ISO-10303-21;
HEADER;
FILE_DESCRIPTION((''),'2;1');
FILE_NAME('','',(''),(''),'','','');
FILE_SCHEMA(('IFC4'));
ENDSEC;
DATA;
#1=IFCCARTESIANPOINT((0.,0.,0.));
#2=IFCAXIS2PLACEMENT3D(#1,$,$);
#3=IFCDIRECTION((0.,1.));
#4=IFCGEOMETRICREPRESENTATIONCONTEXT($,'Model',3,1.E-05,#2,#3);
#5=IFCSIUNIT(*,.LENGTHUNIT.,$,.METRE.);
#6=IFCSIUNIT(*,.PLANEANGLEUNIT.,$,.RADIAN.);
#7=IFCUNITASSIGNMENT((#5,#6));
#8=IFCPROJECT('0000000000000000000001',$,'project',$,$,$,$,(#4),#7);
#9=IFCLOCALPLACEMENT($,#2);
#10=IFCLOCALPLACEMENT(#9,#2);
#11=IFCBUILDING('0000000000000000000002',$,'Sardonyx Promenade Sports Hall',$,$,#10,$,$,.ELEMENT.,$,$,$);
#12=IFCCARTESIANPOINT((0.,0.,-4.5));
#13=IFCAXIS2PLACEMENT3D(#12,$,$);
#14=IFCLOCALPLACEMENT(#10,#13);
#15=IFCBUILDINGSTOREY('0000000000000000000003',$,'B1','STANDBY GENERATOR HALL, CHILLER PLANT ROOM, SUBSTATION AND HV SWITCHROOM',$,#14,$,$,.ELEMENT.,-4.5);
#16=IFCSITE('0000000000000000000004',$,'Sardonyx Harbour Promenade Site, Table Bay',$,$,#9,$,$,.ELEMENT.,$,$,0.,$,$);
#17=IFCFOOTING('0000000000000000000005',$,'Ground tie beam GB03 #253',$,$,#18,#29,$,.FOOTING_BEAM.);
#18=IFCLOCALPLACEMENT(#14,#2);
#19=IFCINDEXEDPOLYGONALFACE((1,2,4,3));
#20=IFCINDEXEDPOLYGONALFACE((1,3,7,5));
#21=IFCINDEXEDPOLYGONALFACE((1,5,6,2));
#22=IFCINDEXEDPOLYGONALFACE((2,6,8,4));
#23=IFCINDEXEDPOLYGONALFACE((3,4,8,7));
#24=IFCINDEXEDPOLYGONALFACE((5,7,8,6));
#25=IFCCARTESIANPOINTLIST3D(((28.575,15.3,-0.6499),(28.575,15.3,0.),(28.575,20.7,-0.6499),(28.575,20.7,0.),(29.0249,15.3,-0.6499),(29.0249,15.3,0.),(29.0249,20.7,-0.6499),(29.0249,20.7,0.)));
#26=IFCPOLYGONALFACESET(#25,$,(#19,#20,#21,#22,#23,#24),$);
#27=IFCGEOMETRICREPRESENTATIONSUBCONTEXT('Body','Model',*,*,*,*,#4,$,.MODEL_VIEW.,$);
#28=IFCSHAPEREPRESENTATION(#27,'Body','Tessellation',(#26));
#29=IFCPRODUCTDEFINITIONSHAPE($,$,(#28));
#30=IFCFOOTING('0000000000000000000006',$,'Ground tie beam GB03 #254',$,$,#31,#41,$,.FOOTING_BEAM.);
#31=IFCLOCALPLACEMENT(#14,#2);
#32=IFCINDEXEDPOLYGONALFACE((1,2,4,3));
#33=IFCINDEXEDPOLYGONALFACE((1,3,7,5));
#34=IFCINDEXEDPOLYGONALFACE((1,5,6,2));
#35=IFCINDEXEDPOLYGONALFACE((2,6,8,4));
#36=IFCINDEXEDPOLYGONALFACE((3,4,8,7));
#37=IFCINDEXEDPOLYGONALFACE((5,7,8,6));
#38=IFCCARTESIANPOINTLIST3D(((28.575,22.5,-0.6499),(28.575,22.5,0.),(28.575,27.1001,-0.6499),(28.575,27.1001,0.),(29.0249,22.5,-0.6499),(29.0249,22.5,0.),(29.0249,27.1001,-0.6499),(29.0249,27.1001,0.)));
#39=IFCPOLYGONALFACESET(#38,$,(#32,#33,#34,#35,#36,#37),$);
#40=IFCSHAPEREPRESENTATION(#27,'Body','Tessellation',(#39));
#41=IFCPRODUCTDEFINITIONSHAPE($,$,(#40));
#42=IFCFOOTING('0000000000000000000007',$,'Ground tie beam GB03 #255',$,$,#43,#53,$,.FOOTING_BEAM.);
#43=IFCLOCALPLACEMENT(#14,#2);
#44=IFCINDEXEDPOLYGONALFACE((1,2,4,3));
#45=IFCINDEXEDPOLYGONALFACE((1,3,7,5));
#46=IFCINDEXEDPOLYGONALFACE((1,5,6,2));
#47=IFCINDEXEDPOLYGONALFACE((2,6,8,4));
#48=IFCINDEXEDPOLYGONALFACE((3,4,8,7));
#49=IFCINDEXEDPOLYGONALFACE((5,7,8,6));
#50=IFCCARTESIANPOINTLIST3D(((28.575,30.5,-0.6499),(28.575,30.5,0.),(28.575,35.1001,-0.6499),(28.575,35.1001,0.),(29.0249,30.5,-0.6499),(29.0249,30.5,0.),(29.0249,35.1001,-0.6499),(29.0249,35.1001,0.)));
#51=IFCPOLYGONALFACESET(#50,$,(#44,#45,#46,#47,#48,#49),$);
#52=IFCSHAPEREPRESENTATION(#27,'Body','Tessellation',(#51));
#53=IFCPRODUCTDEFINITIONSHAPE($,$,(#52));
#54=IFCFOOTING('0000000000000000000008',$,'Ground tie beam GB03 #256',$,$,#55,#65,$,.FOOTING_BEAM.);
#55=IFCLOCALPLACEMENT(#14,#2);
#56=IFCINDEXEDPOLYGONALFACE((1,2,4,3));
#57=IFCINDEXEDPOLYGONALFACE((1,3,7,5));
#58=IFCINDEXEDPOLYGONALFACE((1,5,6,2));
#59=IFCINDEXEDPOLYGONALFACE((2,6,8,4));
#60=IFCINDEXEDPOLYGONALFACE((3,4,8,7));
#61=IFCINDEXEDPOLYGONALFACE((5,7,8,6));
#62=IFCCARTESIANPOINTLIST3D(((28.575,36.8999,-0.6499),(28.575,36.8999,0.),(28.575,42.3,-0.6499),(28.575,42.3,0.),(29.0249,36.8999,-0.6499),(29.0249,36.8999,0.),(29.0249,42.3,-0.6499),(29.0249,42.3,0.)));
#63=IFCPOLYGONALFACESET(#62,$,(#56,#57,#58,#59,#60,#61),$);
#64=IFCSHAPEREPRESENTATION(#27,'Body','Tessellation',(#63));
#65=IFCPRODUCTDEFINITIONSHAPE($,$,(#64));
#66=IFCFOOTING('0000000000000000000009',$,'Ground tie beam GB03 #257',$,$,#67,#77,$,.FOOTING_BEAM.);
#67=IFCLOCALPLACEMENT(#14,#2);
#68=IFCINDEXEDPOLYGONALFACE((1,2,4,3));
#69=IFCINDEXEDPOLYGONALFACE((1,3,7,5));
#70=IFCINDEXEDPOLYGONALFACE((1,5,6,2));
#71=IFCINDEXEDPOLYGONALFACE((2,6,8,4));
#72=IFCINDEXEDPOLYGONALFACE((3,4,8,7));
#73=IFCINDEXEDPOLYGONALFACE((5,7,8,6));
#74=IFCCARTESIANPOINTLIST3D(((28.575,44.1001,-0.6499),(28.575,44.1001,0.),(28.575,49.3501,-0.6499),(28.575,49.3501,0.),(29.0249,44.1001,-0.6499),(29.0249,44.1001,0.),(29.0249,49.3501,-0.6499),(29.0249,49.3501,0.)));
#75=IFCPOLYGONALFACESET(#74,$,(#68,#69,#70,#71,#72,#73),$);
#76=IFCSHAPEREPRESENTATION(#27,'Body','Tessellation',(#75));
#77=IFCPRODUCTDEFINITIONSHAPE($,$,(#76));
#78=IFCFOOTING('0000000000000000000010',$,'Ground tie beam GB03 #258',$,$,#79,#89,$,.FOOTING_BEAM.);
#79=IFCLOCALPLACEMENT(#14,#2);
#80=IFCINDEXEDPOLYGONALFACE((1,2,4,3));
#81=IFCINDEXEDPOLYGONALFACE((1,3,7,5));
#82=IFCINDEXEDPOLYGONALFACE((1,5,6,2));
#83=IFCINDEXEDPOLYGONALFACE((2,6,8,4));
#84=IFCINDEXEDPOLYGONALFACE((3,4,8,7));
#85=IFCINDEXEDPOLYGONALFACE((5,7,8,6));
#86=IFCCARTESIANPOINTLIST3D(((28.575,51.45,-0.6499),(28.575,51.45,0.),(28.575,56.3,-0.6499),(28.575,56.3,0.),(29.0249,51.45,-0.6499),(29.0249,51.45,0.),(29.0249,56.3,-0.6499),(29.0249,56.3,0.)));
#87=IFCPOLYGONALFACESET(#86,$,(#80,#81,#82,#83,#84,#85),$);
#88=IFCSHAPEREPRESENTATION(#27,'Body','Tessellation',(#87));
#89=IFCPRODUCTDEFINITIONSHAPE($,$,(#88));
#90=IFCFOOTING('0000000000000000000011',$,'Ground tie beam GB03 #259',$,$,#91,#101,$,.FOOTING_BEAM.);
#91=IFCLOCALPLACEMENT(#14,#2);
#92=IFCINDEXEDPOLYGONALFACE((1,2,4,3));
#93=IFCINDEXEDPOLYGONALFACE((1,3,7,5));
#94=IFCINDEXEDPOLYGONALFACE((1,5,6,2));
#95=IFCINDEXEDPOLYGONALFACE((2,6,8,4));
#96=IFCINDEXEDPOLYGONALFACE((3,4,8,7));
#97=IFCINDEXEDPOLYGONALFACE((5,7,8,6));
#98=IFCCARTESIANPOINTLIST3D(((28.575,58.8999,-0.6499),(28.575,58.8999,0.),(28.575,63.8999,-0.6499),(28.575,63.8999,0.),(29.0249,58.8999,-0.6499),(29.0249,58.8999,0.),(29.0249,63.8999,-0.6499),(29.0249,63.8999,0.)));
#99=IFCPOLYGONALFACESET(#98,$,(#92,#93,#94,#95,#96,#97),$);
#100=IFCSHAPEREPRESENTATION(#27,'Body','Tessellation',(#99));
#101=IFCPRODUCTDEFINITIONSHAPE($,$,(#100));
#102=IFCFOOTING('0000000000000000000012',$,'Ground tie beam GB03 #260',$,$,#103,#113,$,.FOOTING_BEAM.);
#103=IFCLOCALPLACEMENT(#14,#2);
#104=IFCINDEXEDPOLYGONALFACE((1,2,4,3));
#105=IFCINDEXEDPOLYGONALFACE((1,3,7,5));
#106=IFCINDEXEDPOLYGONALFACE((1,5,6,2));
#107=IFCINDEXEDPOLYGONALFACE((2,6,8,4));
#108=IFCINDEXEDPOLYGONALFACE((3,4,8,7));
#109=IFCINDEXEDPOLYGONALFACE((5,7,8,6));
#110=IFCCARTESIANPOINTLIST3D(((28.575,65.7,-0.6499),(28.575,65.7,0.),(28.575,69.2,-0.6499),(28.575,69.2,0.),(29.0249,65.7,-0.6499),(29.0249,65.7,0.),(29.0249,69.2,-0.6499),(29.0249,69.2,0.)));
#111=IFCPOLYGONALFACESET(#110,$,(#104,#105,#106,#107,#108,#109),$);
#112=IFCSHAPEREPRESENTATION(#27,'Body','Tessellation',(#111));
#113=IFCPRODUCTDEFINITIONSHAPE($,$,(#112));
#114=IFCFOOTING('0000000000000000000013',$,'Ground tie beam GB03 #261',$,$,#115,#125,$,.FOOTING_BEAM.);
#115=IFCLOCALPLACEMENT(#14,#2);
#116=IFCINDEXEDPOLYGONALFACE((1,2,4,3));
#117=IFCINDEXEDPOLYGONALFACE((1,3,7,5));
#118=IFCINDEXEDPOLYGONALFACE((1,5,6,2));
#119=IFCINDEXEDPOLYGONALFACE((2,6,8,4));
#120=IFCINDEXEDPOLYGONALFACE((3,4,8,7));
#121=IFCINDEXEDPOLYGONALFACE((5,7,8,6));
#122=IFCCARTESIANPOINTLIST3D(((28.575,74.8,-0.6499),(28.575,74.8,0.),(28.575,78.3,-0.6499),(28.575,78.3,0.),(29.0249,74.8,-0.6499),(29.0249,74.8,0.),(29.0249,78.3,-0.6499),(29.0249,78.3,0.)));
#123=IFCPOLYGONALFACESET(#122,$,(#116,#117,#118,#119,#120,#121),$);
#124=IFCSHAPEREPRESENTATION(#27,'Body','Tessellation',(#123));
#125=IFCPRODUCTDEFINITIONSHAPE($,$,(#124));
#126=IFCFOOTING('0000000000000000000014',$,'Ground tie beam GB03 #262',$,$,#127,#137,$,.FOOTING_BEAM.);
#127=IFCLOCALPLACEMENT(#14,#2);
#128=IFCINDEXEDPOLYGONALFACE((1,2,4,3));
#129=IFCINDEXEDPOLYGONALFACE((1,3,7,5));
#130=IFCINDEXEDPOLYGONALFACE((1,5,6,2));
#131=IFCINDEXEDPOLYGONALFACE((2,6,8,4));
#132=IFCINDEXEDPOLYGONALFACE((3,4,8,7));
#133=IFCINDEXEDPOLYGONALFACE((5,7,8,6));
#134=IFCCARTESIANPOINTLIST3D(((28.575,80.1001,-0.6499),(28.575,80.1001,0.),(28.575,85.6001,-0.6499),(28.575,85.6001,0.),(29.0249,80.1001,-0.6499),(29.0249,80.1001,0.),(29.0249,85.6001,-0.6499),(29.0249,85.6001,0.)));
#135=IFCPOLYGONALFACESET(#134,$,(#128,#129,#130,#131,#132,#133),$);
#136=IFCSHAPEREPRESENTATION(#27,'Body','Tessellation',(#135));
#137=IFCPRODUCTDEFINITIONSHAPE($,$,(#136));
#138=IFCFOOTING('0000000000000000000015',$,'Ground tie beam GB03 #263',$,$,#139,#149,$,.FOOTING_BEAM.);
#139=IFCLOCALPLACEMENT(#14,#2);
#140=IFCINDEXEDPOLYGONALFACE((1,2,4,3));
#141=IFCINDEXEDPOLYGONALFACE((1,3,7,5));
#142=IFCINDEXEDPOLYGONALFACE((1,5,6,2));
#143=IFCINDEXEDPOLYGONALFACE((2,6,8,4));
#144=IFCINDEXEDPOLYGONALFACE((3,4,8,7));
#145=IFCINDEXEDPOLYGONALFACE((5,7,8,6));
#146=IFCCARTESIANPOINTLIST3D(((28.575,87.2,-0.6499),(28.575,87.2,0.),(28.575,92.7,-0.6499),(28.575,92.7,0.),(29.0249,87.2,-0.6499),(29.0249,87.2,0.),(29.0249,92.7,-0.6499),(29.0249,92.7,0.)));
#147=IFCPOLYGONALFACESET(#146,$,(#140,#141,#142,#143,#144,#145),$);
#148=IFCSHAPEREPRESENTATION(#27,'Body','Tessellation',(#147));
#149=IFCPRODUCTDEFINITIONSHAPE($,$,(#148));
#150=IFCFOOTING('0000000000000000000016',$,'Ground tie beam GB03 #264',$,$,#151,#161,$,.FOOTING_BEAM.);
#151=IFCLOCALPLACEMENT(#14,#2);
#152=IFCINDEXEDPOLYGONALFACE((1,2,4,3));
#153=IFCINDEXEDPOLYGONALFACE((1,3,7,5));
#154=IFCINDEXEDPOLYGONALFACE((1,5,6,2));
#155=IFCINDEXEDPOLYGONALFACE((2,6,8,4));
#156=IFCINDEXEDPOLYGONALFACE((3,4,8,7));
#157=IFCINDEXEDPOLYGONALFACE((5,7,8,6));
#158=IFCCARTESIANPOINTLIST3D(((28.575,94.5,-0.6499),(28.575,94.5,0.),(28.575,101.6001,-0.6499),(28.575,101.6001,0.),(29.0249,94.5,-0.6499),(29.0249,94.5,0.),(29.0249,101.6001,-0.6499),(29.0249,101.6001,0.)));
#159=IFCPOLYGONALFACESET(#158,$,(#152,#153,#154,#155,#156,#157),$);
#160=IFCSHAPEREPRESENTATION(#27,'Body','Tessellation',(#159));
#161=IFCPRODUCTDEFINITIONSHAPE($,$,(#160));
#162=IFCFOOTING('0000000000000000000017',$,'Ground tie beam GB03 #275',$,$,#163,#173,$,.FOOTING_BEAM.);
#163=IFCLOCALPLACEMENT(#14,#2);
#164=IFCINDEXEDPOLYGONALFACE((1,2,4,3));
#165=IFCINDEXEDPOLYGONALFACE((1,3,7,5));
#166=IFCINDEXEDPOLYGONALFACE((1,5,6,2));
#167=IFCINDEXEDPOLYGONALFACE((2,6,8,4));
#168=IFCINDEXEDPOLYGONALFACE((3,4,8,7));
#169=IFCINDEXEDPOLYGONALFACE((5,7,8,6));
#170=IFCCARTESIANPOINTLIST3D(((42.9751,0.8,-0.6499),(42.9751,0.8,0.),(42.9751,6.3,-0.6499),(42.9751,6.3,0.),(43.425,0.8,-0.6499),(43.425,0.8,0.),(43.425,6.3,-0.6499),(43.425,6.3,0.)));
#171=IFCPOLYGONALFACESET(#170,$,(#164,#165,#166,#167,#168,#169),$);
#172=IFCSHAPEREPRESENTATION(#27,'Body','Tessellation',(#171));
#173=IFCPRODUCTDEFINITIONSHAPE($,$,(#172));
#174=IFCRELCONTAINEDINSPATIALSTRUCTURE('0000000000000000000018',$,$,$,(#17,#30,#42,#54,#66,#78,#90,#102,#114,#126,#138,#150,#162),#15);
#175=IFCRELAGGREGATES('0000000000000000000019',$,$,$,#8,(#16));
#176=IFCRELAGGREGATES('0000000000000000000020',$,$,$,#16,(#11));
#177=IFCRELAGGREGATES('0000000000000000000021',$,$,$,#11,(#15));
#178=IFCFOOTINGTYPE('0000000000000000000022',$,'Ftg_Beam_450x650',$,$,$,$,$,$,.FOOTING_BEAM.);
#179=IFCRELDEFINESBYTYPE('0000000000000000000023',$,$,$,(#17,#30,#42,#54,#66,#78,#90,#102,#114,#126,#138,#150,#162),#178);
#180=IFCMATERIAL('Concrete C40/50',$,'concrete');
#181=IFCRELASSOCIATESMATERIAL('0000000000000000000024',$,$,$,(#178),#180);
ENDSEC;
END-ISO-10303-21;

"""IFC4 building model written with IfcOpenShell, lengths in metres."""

from ifc_helpers import new_model, si_unit, direction, frame, origin, place, context, subcontext, project, spatial, polyline, outline, extrude, material, type_object, element, save


model = new_model("IFC4")

# Units and contexts
model_context = context("Model", 3, precision=1e-05, world=origin(), true_north=direction((0.0, 1.0)))
body_context = subcontext(model_context, "Body", "Model", "MODEL_VIEW")
ifc_project = project(units=[si_unit("LENGTHUNIT", "METRE"), si_unit("PLANEANGLEUNIT", "RADIAN")], contexts=[model_context])

# Site, building, storey
site_placement = place(None, origin())
site = spatial("IfcSite", under=ifc_project, at=site_placement, Name="Sardonyx Harbour Promenade Site, Table Bay", CompositionType="ELEMENT", RefElevation=0.0)
building_placement = place(site_placement, origin())
building = spatial("IfcBuilding", under=site, at=building_placement, Name="Sardonyx Promenade Sports Hall", CompositionType="ELEMENT")
storey_placement = place(building_placement, frame((0.0, 0.0, -4.5)))
storey = spatial("IfcBuildingStorey", under=building, at=storey_placement, Name="B1", Description="STANDBY GENERATOR HALL, CHILLER PLANT ROOM, SUBSTATION AND HV SWITCHROOM", CompositionType="ELEMENT", Elevation=-4.5)

# Footings
ifc_material = material(Name="Concrete C40/50", Category="concrete")
footing_type = type_object("IfcFootingType", Name="Ftg_Beam_450x650", PredefinedType="FOOTING_BEAM", material=ifc_material)
footing_1_placement = place(storey_placement, frame((0.0, 0.0, -0.6499)))
element("IfcFooting", 1, at=footing_1_placement, inside=storey, type_object=footing_type, Name="Ground tie beam GB03 #253", PredefinedType="FOOTING_BEAM", context=body_context, shape_type="SweptSolid", body=[
    extrude(outline(polyline([(28.575, 15.3), (29.0249, 15.3), (29.0249, 20.7), (28.575, 20.7), (28.575, 15.3)])), origin(), (0.0, 0.0, 1.0), 0.6499),
])
footing_2_placement = place(storey_placement, frame((0.0, 0.0, -0.6499)))
element("IfcFooting", 2, at=footing_2_placement, inside=storey, type_object=footing_type, Name="Ground tie beam GB03 #254", PredefinedType="FOOTING_BEAM", context=body_context, shape_type="SweptSolid", body=[
    extrude(outline(polyline([(28.575, 22.5), (29.0249, 22.5), (29.0249, 27.1001), (28.575, 27.1001), (28.575, 22.5)])), origin(), (0.0, 0.0, 1.0), 0.6499),
])
footing_3_placement = place(storey_placement, frame((0.0, 0.0, -0.6499)))
element("IfcFooting", 3, at=footing_3_placement, inside=storey, type_object=footing_type, Name="Ground tie beam GB03 #255", PredefinedType="FOOTING_BEAM", context=body_context, shape_type="SweptSolid", body=[
    extrude(outline(polyline([(28.575, 30.5), (29.0249, 30.5), (29.0249, 35.1001), (28.575, 35.1001), (28.575, 30.5)])), origin(), (0.0, 0.0, 1.0), 0.6499),
])
footing_4_placement = place(storey_placement, frame((0.0, 0.0, -0.6499)))
element("IfcFooting", 4, at=footing_4_placement, inside=storey, type_object=footing_type, Name="Ground tie beam GB03 #256", PredefinedType="FOOTING_BEAM", context=body_context, shape_type="SweptSolid", body=[
    extrude(outline(polyline([(28.575, 36.8999), (29.0249, 36.8999), (29.0249, 42.3), (28.575, 42.3), (28.575, 36.8999)])), origin(), (0.0, 0.0, 1.0), 0.6499),
])
footing_5_placement = place(storey_placement, frame((0.0, 0.0, -0.6499)))
element("IfcFooting", 5, at=footing_5_placement, inside=storey, type_object=footing_type, Name="Ground tie beam GB03 #257", PredefinedType="FOOTING_BEAM", context=body_context, shape_type="SweptSolid", body=[
    extrude(outline(polyline([(28.575, 44.1001), (29.0249, 44.1001), (29.0249, 49.3501), (28.575, 49.3501), (28.575, 44.1001)])), origin(), (0.0, 0.0, 1.0), 0.6499),
])
footing_6_placement = place(storey_placement, frame((0.0, 0.0, -0.6499)))
element("IfcFooting", 6, at=footing_6_placement, inside=storey, type_object=footing_type, Name="Ground tie beam GB03 #258", PredefinedType="FOOTING_BEAM", context=body_context, shape_type="SweptSolid", body=[
    extrude(outline(polyline([(28.575, 51.45), (29.0249, 51.45), (29.0249, 56.3), (28.575, 56.3), (28.575, 51.45)])), origin(), (0.0, 0.0, 1.0), 0.6499),
])
footing_7_placement = place(storey_placement, frame((0.0, 0.0, -0.6499)))
element("IfcFooting", 7, at=footing_7_placement, inside=storey, type_object=footing_type, Name="Ground tie beam GB03 #259", PredefinedType="FOOTING_BEAM", context=body_context, shape_type="SweptSolid", body=[
    extrude(outline(polyline([(28.575, 58.8999), (29.0249, 58.8999), (29.0249, 63.8999), (28.575, 63.8999), (28.575, 58.8999)])), origin(), (0.0, 0.0, 1.0), 0.6499),
])
footing_8_placement = place(storey_placement, frame((0.0, 0.0, -0.6499)))
element("IfcFooting", 8, at=footing_8_placement, inside=storey, type_object=footing_type, Name="Ground tie beam GB03 #260", PredefinedType="FOOTING_BEAM", context=body_context, shape_type="SweptSolid", body=[
    extrude(outline(polyline([(28.575, 65.7), (29.0249, 65.7), (29.0249, 69.2), (28.575, 69.2), (28.575, 65.7)])), origin(), (0.0, 0.0, 1.0), 0.6499),
])
footing_9_placement = place(storey_placement, frame((0.0, 0.0, -0.6499)))
element("IfcFooting", 9, at=footing_9_placement, inside=storey, type_object=footing_type, Name="Ground tie beam GB03 #261", PredefinedType="FOOTING_BEAM", context=body_context, shape_type="SweptSolid", body=[
    extrude(outline(polyline([(28.575, 74.8), (29.0249, 74.8), (29.0249, 78.3), (28.575, 78.3), (28.575, 74.8)])), origin(), (0.0, 0.0, 1.0), 0.6499),
])
footing_10_placement = place(storey_placement, frame((0.0, 0.0, -0.6499)))
element("IfcFooting", 10, at=footing_10_placement, inside=storey, type_object=footing_type, Name="Ground tie beam GB03 #262", PredefinedType="FOOTING_BEAM", context=body_context, shape_type="SweptSolid", body=[
    extrude(outline(polyline([(28.575, 80.1001), (29.0249, 80.1001), (29.0249, 85.6001), (28.575, 85.6001), (28.575, 80.1001)])), origin(), (0.0, 0.0, 1.0), 0.6499),
])
footing_11_placement = place(storey_placement, frame((0.0, 0.0, -0.6499)))
element("IfcFooting", 11, at=footing_11_placement, inside=storey, type_object=footing_type, Name="Ground tie beam GB03 #263", PredefinedType="FOOTING_BEAM", context=body_context, shape_type="SweptSolid", body=[
    extrude(outline(polyline([(28.575, 87.2), (29.0249, 87.2), (29.0249, 92.7), (28.575, 92.7), (28.575, 87.2)])), origin(), (0.0, 0.0, 1.0), 0.6499),
])
footing_12_placement = place(storey_placement, frame((0.0, 0.0, -0.6499)))
element("IfcFooting", 12, at=footing_12_placement, inside=storey, type_object=footing_type, Name="Ground tie beam GB03 #264", PredefinedType="FOOTING_BEAM", context=body_context, shape_type="SweptSolid", body=[
    extrude(outline(polyline([(28.575, 94.5), (29.0249, 94.5), (29.0249, 101.6001), (28.575, 101.6001), (28.575, 94.5)])), origin(), (0.0, 0.0, 1.0), 0.6499),
])
footing_13_placement = place(storey_placement, frame((0.0, 0.0, -0.6499)))
element("IfcFooting", 13, at=footing_13_placement, inside=storey, type_object=footing_type, Name="Ground tie beam GB03 #275", PredefinedType="FOOTING_BEAM", context=body_context, shape_type="SweptSolid", body=[
    extrude(outline(polyline([(42.9751, 0.8), (43.425, 0.8), (43.425, 6.3), (42.9751, 6.3), (42.9751, 0.8)])), origin(), (0.0, 0.0, 1.0), 0.6499),
])

save(model, "model.ifc")
